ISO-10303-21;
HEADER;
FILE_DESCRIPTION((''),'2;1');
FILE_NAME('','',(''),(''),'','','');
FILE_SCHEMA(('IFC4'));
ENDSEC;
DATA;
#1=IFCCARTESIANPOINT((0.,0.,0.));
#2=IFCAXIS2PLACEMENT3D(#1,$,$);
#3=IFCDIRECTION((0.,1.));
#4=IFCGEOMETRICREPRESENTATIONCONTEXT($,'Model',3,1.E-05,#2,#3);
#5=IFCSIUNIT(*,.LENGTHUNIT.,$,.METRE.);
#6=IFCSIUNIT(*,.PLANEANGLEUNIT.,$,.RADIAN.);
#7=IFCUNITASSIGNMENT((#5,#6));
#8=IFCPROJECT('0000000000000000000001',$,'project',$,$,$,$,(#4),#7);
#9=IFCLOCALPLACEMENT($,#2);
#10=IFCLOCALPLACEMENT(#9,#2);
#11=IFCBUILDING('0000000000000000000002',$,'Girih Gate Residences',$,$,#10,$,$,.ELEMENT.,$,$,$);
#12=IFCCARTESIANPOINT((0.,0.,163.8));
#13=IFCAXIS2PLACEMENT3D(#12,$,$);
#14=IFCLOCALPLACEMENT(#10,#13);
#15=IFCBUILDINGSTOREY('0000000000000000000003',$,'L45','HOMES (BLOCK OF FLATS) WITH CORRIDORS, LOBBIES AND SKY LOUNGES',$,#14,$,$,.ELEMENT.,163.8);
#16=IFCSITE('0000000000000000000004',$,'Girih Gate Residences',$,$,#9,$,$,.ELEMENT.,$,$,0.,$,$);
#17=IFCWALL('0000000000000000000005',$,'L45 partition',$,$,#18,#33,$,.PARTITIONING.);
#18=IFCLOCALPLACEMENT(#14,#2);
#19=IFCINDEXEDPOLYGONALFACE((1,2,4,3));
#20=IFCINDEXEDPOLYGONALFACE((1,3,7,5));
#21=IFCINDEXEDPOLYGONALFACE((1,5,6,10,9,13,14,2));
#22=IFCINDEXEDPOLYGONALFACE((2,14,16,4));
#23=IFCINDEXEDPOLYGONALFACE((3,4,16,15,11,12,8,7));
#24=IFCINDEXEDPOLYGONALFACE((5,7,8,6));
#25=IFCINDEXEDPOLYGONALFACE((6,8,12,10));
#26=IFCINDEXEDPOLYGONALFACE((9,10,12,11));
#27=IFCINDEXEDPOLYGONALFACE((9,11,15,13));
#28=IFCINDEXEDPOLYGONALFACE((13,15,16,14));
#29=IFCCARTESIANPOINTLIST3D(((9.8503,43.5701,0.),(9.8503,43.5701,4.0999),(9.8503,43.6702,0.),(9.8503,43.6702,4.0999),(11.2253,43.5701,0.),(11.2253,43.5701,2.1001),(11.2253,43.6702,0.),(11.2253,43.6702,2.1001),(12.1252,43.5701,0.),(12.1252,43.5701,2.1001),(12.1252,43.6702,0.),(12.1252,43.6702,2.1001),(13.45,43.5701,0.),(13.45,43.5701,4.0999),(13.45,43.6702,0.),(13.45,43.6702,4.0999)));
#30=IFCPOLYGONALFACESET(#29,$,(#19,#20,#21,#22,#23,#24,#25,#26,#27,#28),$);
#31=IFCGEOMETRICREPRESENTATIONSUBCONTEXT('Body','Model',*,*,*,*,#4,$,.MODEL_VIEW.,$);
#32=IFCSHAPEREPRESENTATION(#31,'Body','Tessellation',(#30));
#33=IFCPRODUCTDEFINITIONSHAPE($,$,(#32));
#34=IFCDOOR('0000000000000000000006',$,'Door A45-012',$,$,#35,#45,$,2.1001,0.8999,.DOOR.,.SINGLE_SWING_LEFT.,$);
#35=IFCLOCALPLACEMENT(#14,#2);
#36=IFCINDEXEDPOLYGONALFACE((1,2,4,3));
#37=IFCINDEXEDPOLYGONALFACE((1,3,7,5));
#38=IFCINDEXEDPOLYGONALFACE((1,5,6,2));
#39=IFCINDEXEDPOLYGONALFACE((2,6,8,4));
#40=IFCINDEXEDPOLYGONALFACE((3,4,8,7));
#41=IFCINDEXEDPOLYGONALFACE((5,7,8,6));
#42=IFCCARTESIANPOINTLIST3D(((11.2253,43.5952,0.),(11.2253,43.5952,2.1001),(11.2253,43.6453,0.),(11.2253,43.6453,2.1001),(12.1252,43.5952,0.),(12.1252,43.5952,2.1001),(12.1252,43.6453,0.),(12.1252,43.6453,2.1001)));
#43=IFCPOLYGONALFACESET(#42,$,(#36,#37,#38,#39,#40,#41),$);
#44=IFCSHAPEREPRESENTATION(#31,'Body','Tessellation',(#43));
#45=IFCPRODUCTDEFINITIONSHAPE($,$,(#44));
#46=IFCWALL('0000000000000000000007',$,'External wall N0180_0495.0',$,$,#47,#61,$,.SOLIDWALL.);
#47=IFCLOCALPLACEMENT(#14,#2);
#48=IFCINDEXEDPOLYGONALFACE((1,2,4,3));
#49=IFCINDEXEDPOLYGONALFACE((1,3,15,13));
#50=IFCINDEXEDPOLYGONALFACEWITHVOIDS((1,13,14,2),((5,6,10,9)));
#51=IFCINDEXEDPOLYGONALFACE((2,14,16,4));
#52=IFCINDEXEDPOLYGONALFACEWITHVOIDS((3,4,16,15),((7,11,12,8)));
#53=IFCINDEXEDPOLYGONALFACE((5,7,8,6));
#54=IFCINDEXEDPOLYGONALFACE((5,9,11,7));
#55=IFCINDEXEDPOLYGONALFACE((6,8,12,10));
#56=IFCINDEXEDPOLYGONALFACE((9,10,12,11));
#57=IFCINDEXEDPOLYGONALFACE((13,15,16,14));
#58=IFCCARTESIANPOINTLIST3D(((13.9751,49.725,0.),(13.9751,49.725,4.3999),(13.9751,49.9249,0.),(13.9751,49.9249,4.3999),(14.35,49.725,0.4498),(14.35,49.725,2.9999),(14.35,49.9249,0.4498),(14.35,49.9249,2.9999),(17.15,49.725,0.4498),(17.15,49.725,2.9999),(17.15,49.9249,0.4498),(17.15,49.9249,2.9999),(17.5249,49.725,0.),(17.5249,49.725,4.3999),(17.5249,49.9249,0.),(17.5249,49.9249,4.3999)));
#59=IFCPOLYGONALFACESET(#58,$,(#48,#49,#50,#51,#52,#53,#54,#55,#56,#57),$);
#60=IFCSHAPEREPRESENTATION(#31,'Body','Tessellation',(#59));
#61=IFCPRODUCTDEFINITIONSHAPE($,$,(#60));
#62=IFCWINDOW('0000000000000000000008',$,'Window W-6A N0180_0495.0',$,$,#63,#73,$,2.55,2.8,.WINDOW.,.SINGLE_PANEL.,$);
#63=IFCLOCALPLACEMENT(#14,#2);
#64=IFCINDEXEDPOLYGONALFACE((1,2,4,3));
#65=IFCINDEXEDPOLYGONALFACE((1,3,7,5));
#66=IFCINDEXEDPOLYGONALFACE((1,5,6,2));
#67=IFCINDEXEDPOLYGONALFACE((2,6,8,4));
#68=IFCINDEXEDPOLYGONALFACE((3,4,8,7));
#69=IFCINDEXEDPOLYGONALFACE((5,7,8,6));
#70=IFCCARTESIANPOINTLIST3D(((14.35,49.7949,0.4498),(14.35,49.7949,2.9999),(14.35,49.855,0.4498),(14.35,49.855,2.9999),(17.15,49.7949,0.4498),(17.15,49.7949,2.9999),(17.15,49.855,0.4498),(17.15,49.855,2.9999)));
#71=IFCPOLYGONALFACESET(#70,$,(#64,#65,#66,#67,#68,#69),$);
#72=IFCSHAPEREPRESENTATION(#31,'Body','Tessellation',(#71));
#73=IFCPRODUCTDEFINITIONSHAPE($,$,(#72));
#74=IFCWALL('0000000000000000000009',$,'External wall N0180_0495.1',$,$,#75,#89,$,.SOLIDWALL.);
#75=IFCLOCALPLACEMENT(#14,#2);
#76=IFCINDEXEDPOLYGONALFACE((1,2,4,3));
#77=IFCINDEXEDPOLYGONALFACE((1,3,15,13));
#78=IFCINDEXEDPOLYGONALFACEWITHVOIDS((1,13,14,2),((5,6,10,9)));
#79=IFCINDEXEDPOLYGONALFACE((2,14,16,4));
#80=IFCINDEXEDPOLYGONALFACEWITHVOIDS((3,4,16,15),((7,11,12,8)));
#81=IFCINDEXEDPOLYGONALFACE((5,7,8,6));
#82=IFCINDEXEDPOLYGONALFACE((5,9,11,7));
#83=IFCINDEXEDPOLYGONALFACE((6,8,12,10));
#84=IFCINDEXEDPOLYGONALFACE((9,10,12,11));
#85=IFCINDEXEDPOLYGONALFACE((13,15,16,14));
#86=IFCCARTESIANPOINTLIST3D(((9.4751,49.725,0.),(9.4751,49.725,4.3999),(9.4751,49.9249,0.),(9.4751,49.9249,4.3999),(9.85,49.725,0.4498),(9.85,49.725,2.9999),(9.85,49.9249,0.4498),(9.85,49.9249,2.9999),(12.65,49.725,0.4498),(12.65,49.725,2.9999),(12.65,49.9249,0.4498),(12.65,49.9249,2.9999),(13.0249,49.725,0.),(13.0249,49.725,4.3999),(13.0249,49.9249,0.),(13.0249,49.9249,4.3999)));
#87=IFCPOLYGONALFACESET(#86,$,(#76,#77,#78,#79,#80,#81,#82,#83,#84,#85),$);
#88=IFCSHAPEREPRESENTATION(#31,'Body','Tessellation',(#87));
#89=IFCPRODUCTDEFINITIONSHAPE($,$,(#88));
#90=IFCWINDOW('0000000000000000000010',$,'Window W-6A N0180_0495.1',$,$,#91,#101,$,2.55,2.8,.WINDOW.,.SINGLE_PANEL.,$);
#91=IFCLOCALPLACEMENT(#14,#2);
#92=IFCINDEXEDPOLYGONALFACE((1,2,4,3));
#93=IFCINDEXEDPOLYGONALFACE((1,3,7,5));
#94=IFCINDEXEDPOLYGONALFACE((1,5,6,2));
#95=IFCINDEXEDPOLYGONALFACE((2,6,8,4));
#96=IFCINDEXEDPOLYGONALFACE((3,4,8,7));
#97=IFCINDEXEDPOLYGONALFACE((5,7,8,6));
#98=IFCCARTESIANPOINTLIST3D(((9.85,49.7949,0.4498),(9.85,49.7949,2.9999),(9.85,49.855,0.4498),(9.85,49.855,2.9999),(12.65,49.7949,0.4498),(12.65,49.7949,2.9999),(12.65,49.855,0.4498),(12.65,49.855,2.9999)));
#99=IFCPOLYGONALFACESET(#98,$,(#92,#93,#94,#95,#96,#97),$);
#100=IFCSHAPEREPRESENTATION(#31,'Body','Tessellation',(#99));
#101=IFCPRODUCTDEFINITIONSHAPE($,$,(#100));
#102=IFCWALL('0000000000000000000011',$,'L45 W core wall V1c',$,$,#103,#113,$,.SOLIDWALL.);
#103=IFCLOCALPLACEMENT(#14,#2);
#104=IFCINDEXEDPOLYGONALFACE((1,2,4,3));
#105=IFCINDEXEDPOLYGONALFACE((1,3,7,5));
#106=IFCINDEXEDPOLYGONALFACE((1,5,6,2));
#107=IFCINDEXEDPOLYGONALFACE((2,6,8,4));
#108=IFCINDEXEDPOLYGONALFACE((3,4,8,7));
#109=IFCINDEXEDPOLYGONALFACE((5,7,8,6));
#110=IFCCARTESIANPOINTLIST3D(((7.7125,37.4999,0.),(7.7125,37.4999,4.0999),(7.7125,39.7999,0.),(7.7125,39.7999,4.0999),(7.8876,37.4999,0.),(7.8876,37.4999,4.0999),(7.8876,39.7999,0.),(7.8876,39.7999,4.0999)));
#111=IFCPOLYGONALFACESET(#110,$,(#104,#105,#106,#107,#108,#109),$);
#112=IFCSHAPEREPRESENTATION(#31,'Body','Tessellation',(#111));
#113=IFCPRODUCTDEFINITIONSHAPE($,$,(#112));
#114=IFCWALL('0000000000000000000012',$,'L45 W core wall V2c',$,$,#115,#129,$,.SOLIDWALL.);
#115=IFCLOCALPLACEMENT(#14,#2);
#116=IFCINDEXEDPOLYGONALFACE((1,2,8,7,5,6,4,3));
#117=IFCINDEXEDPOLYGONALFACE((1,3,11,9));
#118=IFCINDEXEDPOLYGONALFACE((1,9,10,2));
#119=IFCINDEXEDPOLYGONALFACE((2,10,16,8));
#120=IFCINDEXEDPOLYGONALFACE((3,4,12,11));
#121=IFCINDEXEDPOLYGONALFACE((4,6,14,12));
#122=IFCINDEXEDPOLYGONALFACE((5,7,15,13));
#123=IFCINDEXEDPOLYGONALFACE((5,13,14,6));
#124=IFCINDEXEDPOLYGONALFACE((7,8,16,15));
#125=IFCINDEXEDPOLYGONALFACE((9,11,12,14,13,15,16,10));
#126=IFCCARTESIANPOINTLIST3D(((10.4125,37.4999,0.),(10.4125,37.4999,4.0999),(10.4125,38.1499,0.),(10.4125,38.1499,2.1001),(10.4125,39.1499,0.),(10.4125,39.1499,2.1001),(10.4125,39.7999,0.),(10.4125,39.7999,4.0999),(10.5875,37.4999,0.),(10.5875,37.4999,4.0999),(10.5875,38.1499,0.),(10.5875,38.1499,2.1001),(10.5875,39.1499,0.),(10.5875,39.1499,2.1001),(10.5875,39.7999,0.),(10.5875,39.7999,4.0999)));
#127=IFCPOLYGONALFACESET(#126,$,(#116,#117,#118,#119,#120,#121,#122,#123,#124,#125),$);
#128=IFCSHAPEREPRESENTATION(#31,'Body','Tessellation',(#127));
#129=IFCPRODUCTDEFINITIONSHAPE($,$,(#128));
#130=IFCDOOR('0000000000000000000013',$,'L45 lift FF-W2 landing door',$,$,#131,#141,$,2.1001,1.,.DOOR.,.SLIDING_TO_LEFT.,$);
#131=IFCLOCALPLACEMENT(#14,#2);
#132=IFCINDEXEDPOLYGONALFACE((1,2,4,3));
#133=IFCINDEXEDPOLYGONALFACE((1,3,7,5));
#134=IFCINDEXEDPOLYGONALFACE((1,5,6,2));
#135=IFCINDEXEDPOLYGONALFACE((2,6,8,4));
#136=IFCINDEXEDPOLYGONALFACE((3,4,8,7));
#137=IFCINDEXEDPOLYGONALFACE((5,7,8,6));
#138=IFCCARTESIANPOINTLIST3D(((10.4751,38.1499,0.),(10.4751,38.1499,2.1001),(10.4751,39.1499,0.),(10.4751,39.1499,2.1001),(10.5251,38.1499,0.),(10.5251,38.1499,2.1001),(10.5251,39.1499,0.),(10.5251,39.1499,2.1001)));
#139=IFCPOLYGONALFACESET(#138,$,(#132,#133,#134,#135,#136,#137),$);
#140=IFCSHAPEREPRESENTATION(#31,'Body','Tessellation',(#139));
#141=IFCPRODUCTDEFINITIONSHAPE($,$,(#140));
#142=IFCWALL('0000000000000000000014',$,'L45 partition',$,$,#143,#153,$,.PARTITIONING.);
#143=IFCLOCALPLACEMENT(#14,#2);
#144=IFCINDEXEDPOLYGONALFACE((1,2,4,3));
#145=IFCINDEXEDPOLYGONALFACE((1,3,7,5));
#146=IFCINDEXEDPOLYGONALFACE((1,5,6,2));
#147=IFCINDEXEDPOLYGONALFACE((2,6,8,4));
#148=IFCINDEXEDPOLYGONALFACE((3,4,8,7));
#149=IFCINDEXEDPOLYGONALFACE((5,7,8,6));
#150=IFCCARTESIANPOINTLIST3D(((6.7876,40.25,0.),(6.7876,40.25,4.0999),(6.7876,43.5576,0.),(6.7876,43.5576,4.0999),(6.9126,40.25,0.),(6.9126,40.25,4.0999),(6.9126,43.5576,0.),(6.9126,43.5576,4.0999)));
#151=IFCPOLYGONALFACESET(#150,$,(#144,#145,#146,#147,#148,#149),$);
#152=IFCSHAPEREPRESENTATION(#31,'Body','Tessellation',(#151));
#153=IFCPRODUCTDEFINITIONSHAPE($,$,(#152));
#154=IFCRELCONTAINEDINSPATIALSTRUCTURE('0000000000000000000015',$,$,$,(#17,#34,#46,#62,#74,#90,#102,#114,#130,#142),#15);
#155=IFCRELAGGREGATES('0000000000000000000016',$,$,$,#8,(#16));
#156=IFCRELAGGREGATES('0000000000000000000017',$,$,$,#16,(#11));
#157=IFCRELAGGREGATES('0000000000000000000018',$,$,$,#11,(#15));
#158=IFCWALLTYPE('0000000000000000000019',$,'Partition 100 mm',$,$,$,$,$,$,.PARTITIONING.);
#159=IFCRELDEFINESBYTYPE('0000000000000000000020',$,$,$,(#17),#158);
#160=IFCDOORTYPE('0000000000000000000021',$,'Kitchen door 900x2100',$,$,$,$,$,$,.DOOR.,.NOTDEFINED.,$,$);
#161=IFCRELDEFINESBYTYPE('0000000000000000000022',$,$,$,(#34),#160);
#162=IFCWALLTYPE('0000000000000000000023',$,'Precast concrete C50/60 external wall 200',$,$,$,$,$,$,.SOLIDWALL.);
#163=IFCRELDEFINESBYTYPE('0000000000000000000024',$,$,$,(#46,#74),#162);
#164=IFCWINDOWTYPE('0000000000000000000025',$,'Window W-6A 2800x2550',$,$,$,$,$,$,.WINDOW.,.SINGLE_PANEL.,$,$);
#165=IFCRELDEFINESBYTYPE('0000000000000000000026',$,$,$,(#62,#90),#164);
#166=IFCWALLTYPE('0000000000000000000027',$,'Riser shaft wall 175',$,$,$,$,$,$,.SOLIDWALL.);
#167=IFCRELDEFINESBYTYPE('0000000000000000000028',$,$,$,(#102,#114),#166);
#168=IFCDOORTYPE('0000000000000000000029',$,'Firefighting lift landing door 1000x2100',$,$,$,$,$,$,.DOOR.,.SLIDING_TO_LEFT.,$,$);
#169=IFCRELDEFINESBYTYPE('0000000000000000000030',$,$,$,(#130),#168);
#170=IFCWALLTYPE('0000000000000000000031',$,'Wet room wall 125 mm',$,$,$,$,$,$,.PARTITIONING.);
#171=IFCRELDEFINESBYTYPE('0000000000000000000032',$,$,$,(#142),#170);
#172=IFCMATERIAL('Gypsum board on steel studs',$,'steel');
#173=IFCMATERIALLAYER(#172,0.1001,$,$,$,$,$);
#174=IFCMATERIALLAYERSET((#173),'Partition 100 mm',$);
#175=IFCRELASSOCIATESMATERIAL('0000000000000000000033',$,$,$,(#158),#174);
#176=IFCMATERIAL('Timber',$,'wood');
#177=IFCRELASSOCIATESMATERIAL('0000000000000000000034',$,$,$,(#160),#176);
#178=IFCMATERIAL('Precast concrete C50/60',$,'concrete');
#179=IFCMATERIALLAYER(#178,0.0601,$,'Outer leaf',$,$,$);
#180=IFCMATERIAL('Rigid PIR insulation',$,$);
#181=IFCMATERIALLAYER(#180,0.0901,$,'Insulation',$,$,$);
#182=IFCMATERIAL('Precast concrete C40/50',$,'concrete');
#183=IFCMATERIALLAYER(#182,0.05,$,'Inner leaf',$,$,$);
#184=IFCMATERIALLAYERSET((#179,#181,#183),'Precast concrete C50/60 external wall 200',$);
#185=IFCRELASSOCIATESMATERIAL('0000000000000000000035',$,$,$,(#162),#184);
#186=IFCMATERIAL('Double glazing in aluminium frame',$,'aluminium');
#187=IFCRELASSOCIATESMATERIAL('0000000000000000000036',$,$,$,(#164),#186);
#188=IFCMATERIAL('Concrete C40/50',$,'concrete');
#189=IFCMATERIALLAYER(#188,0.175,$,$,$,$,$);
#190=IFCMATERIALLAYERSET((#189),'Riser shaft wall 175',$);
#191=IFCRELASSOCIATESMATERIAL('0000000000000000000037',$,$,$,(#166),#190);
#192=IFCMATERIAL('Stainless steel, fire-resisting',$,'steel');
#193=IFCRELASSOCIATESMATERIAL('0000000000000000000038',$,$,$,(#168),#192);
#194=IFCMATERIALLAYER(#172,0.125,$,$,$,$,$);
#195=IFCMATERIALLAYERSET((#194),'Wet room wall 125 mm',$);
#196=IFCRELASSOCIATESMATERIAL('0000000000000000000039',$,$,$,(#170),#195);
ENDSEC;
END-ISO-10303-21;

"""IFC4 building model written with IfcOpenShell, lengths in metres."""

from ifc_helpers import new_model, si_unit, direction, frame, frame_2d, origin, place, context, subcontext, project, spatial, rectangle, extrude, material, layer, layer_set, type_object, element, fill, save


model = new_model("IFC4")

# Units and contexts
model_context = context("Model", 3, precision=1e-05, world=origin(), true_north=direction((0.0, 1.0)))
body_context = subcontext(model_context, "Body", "Model", "MODEL_VIEW")
ifc_project = project(units=[si_unit("LENGTHUNIT", "METRE"), si_unit("PLANEANGLEUNIT", "RADIAN")], contexts=[model_context])

# Site, building, storey
site_placement = place(None, origin())
site = spatial("IfcSite", under=ifc_project, at=site_placement, Name="Girih Gate Residences", CompositionType="ELEMENT", RefElevation=0.0)
building_placement = place(site_placement, origin())
building = spatial("IfcBuilding", under=site, at=building_placement, Name="Girih Gate Residences", CompositionType="ELEMENT")
storey_placement = place(building_placement, frame((0.0, 0.0, 163.8)))
storey = spatial("IfcBuildingStorey", under=building, at=storey_placement, Name="L45", Description="HOMES (BLOCK OF FLATS) WITH CORRIDORS, LOBBIES AND SKY LOUNGES", CompositionType="ELEMENT", Elevation=163.8)

# Shared definitions
ifc_material_1 = material(Name="Gypsum board on steel studs", Category="steel")
ifc_layer_1 = layer(ifc_material_1, 0.1001)
ifc_layer_set_1 = layer_set([ifc_layer_1], Name="Partition 100 mm")
wall_type_1 = type_object("IfcWallType", Name="Partition 100 mm", PredefinedType="PARTITIONING", material=ifc_layer_set_1)

# Shared definitions
ifc_material_2 = material(Name="Timber", Category="wood")

# Wall, opening, door
wall_1_placement = place(storey_placement, frame((13.45, 43.6201, 0.0), z_axis=(0.0, 0.0, 1.0), x_axis=(-1.0, 0.0, 0.0)))
wall_1 = element("IfcWall", 1, at=wall_1_placement, inside=storey, type_object=wall_type_1, Name="L45 partition", PredefinedType="PARTITIONING", context=body_context, shape_type="SweptSolid", body=[
    extrude(rectangle(XDim=3.5996, YDim=0.1001, at=frame_2d((1.7998, 0.0))), origin(), (0.0, 0.0, 1.0), 4.0999),
])
opening_1_placement = place(wall_1_placement, frame((1.3247, 0.0, 0.0)))
opening_1 = element("IfcOpeningElement", 2, at=opening_1_placement, cuts=wall_1, PredefinedType="OPENING", context=body_context, shape_type="SweptSolid", body=[
    extrude(rectangle(XDim=0.8999, YDim=2.1001, at=frame_2d((0.45, 1.05))), frame((0.0, 0.0601, 0.0), z_axis=(0.0, -1.0, 0.0), x_axis=(1.0, 0.0, 0.0)), (0.0, 0.0, 1.0), 0.1201),
])
door_type_1 = type_object("IfcDoorType", Name="Kitchen door 900x2100", OperationType="NOTDEFINED", PredefinedType="DOOR", material=ifc_material_2)
door_1_placement = place(opening_1_placement, origin())
door_1 = element("IfcDoor", 3, at=door_1_placement, inside=storey, type_object=door_type_1, Name="Door A45-012", OperationType="SINGLE_SWING_LEFT", OverallHeight=2.1001, OverallWidth=0.8999, PredefinedType="DOOR", context=body_context, shape_type="SweptSolid", body=[
    extrude(rectangle(XDim=0.8999, YDim=2.1001, at=frame_2d((0.45, 1.05))), frame((0.0, 0.0249, 0.0), z_axis=(0.0, -1.0, 0.0), x_axis=(1.0, 0.0, 0.0)), (0.0, 0.0, 1.0), 0.05),
])
fill(opening_1, door_1)

# Walls, openings, windows
ifc_material_3 = material(Name="Precast concrete C50/60", Category="concrete")
ifc_layer_2 = layer(ifc_material_3, 0.0601, Name="Outer leaf")
ifc_material_4 = material(Name="Rigid PIR insulation")
ifc_layer_3 = layer(ifc_material_4, 0.0901, Name="Insulation")
ifc_material_5 = material(Name="Precast concrete C40/50", Category="concrete")
ifc_layer_4 = layer(ifc_material_5, 0.05, Name="Inner leaf")
ifc_layer_set_2 = layer_set([ifc_layer_2, ifc_layer_3, ifc_layer_4], Name="Precast concrete C50/60 external wall 200")
wall_type_2 = type_object("IfcWallType", Name="Precast concrete C50/60 external wall 200", PredefinedType="SOLIDWALL", material=ifc_layer_set_2)
wall_2_placement = place(storey_placement, frame((13.9751, 49.825, 0.0), z_axis=(0.0, 0.0, 1.0), x_axis=(1.0, 0.0, 0.0)))
wall_2 = element("IfcWall", 4, at=wall_2_placement, inside=storey, type_object=wall_type_2, Name="External wall N0180_0495.0", PredefinedType="SOLIDWALL", context=body_context, shape_type="SweptSolid", body=[
    extrude(rectangle(XDim=3.5498, YDim=0.2, at=frame_2d((1.7749, 0.0))), origin(), (0.0, 0.0, 1.0), 4.3999),
])
opening_2_placement = place(wall_2_placement, frame((0.375, 0.0, 0.45)))
opening_2 = element("IfcOpeningElement", 5, at=opening_2_placement, cuts=wall_2, PredefinedType="OPENING", context=body_context, shape_type="SweptSolid", body=[
    extrude(rectangle(XDim=2.8, YDim=2.55, at=frame_2d((1.3999, 1.2749))), frame((0.0, 0.1099, 0.0), z_axis=(0.0, -1.0, 0.0), x_axis=(1.0, 0.0, 0.0)), (0.0, 0.0, 1.0), 0.22),
])
ifc_material_6 = material(Name="Double glazing in aluminium frame", Category="aluminium")
window_type = type_object("IfcWindowType", Name="Window W-6A 2800x2550", PartitioningType="SINGLE_PANEL", PredefinedType="WINDOW", material=ifc_material_6)
window_1_placement = place(opening_2_placement, origin())
window_1 = element("IfcWindow", 6, at=window_1_placement, inside=storey, type_object=window_type, Name="Window W-6A N0180_0495.0", OverallHeight=2.55, OverallWidth=2.8, PartitioningType="SINGLE_PANEL", PredefinedType="WINDOW", context=body_context, shape_type="SweptSolid", body=[
    extrude(rectangle(XDim=2.8, YDim=2.55, at=frame_2d((1.3999, 1.2749))), frame((0.0, 0.03, 0.0), z_axis=(0.0, -1.0, 0.0), x_axis=(1.0, 0.0, 0.0)), (0.0, 0.0, 1.0), 0.0601),
])
fill(opening_2, window_1)
wall_3_placement = place(storey_placement, frame((9.4751, 49.825, 0.0), z_axis=(0.0, 0.0, 1.0), x_axis=(1.0, 0.0, 0.0)))
wall_3 = element("IfcWall", 7, at=wall_3_placement, inside=storey, type_object=wall_type_2, Name="External wall N0180_0495.1", PredefinedType="SOLIDWALL", context=body_context, shape_type="SweptSolid", body=[
    extrude(rectangle(XDim=3.5498, YDim=0.2, at=frame_2d((1.7749, 0.0))), origin(), (0.0, 0.0, 1.0), 4.3999),
])
opening_3_placement = place(wall_3_placement, frame((0.375, 0.0, 0.45)))
opening_3 = element("IfcOpeningElement", 8, at=opening_3_placement, cuts=wall_3, PredefinedType="OPENING", context=body_context, shape_type="SweptSolid", body=[
    extrude(rectangle(XDim=2.8, YDim=2.55, at=frame_2d((1.3999, 1.2749))), frame((0.0, 0.1099, 0.0), z_axis=(0.0, -1.0, 0.0), x_axis=(1.0, 0.0, 0.0)), (0.0, 0.0, 1.0), 0.22),
])
window_2_placement = place(opening_3_placement, origin())
window_2 = element("IfcWindow", 9, at=window_2_placement, inside=storey, type_object=window_type, Name="Window W-6A N0180_0495.1", OverallHeight=2.55, OverallWidth=2.8, PartitioningType="SINGLE_PANEL", PredefinedType="WINDOW", context=body_context, shape_type="SweptSolid", body=[
    extrude(rectangle(XDim=2.8, YDim=2.55, at=frame_2d((1.3999, 1.2749))), frame((0.0, 0.03, 0.0), z_axis=(0.0, -1.0, 0.0), x_axis=(1.0, 0.0, 0.0)), (0.0, 0.0, 1.0), 0.0601),
])
fill(opening_3, window_2)

# Wall
ifc_material_7 = material(Name="Concrete C40/50", Category="concrete")
ifc_layer_5 = layer(ifc_material_7, 0.175)
ifc_layer_set_3 = layer_set([ifc_layer_5], Name="Riser shaft wall 175")
wall_type_3 = type_object("IfcWallType", Name="Riser shaft wall 175", PredefinedType="SOLIDWALL", material=ifc_layer_set_3)
wall_4_placement = place(storey_placement, frame((7.8, 37.5, 0.0), z_axis=(0.0, 0.0, 1.0), x_axis=(0.0, 1.0, 0.0)))
element("IfcWall", 10, at=wall_4_placement, inside=storey, type_object=wall_type_3, Name="L45 W core wall V1c", PredefinedType="SOLIDWALL", context=body_context, shape_type="SweptSolid", body=[
    extrude(rectangle(XDim=2.3, YDim=0.175, at=frame_2d((1.1499, 0.0))), origin(), (0.0, 0.0, 1.0), 4.0999),
])

# Wall, opening, door
wall_5_placement = place(storey_placement, frame((10.5, 37.5, 0.0), z_axis=(0.0, 0.0, 1.0), x_axis=(0.0, 1.0, 0.0)))
wall_5 = element("IfcWall", 11, at=wall_5_placement, inside=storey, type_object=wall_type_3, Name="L45 W core wall V2c", PredefinedType="SOLIDWALL", context=body_context, shape_type="SweptSolid", body=[
    extrude(rectangle(XDim=2.3, YDim=0.175, at=frame_2d((1.1499, 0.0))), origin(), (0.0, 0.0, 1.0), 4.0999),
])
opening_4_placement = place(wall_5_placement, frame((0.6499, 0.0, 0.0)))
opening_4 = element("IfcOpeningElement", 12, at=opening_4_placement, cuts=wall_5, PredefinedType="OPENING", context=body_context, shape_type="SweptSolid", body=[
    extrude(rectangle(XDim=1.0, YDim=2.1001, at=frame_2d((0.5, 1.05))), frame((0.0, 0.0974, 0.0), z_axis=(0.0, -1.0, 0.0), x_axis=(1.0, 0.0, 0.0)), (0.0, 0.0, 1.0), 0.1951),
])
ifc_material_8 = material(Name="Stainless steel, fire-resisting", Category="steel")
door_type_2 = type_object("IfcDoorType", Name="Firefighting lift landing door 1000x2100", OperationType="SLIDING_TO_LEFT", PredefinedType="DOOR", material=ifc_material_8)
door_2_placement = place(opening_4_placement, origin())
door_2 = element("IfcDoor", 13, at=door_2_placement, inside=storey, type_object=door_type_2, Name="L45 lift FF-W2 landing door", OperationType="SLIDING_TO_LEFT", OverallHeight=2.1001, OverallWidth=1.0, PredefinedType="DOOR", context=body_context, shape_type="SweptSolid", body=[
    extrude(rectangle(XDim=1.0, YDim=2.1001, at=frame_2d((0.5, 1.05))), frame((0.0, 0.0249, 0.0), z_axis=(0.0, -1.0, 0.0), x_axis=(1.0, 0.0, 0.0)), (0.0, 0.0, 1.0), 0.05),
])
fill(opening_4, door_2)

# Wall
ifc_layer_6 = layer(ifc_material_1, 0.125)
ifc_layer_set_4 = layer_set([ifc_layer_6], Name="Wet room wall 125 mm")
wall_type_4 = type_object("IfcWallType", Name="Wet room wall 125 mm", PredefinedType="PARTITIONING", material=ifc_layer_set_4)
wall_6_placement = place(storey_placement, frame((6.8501, 40.25, 0.0), z_axis=(0.0, 0.0, 1.0), x_axis=(0.0, 1.0, 0.0)))
element("IfcWall", 14, at=wall_6_placement, inside=storey, type_object=wall_type_4, Name="L45 partition", PredefinedType="PARTITIONING", context=body_context, shape_type="SweptSolid", body=[
    extrude(rectangle(XDim=3.3076, YDim=0.125, at=frame_2d((1.6538, 0.0))), origin(), (0.0, 0.0, 1.0), 4.0999),
])

save(model, "model.ifc")
